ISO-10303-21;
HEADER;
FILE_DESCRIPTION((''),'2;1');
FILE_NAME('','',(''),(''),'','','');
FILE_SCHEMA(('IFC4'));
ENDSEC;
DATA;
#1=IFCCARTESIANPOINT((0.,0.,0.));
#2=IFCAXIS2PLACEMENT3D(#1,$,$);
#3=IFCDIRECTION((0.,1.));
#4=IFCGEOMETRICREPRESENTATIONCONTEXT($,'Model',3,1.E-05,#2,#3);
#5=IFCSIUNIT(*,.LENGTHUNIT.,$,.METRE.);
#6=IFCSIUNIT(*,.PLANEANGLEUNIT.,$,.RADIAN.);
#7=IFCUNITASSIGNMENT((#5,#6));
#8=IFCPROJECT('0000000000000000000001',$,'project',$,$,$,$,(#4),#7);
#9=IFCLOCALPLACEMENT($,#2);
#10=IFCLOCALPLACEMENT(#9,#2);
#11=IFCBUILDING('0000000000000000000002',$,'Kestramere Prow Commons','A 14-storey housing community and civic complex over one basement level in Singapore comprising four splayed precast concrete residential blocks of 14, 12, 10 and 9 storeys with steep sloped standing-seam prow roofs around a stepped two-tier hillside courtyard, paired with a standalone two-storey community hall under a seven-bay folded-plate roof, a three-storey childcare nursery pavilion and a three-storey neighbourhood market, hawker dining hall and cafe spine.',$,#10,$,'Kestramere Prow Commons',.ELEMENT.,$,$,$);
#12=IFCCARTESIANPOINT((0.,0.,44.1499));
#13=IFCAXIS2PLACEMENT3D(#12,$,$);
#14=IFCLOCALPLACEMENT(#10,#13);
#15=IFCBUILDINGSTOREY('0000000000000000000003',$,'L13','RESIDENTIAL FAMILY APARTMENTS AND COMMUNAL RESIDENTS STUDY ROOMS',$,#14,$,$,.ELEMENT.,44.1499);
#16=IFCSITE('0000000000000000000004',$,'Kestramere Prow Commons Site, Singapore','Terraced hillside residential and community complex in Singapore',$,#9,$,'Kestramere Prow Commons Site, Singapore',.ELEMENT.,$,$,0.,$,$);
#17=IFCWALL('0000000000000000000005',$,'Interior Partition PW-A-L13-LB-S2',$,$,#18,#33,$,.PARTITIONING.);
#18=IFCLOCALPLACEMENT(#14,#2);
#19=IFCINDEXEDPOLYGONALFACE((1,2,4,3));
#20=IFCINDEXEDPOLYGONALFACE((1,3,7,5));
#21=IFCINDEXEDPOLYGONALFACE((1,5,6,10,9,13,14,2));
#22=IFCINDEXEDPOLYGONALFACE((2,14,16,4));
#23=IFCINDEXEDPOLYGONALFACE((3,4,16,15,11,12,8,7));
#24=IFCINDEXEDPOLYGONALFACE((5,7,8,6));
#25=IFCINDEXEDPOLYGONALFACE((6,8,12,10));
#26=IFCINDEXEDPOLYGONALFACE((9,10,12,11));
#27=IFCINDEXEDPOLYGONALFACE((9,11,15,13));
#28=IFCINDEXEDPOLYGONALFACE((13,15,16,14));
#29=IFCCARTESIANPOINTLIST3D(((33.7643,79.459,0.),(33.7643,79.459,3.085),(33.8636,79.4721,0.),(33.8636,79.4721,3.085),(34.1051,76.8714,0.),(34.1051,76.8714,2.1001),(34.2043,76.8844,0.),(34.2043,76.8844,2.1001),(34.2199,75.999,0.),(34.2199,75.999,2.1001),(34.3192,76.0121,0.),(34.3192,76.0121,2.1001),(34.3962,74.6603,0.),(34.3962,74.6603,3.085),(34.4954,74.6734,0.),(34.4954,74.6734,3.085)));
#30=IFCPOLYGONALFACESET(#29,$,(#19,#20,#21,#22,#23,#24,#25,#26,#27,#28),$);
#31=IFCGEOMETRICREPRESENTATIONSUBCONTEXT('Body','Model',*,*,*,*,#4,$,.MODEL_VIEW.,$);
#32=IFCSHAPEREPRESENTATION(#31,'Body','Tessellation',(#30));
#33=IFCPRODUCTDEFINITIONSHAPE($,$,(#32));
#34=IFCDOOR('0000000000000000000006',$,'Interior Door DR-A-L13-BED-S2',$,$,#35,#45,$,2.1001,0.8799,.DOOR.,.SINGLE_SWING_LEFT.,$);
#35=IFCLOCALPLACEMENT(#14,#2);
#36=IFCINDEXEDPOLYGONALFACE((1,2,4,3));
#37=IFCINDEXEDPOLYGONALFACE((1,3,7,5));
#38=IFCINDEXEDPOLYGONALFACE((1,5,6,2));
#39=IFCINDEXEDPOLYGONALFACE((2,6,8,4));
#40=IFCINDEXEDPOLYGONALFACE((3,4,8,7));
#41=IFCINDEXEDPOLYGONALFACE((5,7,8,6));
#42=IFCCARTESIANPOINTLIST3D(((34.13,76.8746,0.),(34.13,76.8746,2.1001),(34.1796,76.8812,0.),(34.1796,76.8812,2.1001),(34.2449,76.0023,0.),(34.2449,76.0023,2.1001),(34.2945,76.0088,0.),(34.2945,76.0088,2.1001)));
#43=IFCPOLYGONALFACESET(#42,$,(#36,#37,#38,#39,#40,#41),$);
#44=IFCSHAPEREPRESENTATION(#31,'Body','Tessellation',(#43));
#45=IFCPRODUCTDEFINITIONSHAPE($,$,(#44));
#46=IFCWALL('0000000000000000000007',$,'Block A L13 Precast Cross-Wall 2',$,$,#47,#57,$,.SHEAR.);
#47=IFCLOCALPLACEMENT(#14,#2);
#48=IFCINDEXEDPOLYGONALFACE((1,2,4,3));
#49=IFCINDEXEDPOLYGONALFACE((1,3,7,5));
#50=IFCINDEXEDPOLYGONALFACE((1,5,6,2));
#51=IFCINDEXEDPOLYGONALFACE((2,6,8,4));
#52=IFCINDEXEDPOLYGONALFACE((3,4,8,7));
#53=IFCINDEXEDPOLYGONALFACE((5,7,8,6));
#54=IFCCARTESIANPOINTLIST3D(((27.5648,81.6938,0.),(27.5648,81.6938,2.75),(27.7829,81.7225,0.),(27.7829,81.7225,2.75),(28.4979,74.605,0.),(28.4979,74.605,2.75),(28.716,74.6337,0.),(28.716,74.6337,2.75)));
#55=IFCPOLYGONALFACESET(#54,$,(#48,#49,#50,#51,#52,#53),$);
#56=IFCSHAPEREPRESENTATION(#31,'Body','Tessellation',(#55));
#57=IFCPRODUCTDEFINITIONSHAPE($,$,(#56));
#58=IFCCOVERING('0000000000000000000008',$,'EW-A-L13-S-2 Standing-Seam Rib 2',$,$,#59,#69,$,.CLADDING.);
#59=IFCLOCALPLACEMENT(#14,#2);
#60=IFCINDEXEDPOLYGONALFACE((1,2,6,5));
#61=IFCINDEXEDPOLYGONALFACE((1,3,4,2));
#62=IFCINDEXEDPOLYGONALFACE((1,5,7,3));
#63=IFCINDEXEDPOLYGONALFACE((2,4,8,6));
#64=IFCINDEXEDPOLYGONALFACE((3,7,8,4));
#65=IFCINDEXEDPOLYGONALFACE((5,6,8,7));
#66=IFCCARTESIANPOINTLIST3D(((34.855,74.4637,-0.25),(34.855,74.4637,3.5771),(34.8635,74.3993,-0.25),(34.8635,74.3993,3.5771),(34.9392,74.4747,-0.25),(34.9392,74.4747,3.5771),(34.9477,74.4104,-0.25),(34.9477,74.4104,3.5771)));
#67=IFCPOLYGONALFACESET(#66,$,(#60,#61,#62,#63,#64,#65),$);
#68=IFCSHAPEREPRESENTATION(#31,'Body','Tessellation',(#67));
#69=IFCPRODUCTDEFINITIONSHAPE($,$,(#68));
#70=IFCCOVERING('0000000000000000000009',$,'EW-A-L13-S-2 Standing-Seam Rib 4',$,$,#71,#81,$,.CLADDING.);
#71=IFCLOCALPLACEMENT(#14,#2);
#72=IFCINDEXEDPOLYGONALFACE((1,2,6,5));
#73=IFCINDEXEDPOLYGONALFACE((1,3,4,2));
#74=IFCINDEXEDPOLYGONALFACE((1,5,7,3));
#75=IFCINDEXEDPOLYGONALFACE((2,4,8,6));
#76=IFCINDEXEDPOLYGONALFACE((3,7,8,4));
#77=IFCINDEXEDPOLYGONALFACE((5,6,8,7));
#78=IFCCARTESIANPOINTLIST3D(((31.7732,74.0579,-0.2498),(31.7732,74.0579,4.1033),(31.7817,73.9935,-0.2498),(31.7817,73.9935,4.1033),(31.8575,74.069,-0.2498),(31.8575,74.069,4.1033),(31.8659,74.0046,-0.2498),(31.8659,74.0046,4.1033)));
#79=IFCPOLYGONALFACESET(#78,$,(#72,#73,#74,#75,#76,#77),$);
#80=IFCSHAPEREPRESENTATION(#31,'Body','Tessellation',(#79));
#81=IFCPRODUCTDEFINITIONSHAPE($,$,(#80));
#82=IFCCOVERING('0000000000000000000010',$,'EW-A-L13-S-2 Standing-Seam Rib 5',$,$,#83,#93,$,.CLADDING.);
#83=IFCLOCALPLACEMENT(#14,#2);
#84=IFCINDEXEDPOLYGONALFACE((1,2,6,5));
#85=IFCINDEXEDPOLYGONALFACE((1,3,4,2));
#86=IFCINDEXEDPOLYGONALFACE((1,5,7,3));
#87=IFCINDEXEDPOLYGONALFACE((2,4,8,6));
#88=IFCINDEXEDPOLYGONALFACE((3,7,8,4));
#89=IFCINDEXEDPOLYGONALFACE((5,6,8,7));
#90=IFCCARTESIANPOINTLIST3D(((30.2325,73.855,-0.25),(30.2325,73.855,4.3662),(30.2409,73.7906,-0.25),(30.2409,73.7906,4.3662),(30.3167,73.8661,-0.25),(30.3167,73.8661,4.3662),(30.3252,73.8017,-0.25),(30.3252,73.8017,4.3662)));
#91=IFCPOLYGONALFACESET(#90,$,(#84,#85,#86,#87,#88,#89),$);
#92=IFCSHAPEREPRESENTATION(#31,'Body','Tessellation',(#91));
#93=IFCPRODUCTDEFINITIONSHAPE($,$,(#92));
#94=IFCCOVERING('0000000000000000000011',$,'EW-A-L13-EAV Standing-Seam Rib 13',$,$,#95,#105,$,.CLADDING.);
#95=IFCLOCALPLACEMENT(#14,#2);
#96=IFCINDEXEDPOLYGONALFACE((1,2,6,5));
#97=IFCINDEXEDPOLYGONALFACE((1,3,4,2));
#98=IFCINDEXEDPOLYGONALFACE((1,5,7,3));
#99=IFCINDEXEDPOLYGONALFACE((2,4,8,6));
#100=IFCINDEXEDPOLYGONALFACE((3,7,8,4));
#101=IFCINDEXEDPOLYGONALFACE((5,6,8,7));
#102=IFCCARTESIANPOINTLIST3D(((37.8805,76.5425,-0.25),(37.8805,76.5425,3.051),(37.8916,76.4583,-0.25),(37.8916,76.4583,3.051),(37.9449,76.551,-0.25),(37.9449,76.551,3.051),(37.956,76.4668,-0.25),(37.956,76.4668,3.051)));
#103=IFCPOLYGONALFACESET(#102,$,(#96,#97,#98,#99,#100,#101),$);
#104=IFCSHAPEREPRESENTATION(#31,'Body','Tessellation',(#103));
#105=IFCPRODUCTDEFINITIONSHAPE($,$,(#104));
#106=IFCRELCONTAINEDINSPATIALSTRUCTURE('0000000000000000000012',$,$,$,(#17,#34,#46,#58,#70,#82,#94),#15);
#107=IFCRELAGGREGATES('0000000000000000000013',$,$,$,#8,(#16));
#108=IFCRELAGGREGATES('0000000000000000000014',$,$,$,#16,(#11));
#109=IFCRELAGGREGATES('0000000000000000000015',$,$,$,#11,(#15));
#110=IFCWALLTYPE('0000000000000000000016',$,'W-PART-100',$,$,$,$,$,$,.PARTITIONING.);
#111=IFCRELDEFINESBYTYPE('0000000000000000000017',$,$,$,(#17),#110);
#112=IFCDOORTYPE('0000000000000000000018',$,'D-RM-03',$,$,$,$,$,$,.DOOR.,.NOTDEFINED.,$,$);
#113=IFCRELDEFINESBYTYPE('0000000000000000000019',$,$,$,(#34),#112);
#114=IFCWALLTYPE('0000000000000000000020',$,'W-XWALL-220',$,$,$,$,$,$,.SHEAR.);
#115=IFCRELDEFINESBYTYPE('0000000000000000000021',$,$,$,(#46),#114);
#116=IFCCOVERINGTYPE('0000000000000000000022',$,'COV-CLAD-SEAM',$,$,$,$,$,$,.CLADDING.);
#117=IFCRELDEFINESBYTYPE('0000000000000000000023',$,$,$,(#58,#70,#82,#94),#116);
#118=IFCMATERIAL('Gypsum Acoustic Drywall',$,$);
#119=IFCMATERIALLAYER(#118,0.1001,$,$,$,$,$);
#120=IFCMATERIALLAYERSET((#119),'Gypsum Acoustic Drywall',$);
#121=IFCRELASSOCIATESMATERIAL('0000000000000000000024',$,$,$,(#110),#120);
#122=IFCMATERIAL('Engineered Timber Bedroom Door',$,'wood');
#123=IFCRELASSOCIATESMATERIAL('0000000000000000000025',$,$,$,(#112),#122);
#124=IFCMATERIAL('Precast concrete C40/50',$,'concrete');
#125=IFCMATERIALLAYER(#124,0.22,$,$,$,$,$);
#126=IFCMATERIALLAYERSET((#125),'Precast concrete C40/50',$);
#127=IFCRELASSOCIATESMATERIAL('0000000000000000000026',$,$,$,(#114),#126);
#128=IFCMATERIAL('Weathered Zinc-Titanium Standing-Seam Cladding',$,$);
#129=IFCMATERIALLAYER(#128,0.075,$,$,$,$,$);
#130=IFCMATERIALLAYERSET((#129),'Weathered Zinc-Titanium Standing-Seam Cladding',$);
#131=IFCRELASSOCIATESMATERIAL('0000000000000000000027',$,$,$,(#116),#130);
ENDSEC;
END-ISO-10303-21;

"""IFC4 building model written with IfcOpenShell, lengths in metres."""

from ifc_helpers import new_model, si_unit, direction, frame, frame_2d, origin, origin_2d, place, context, subcontext, project, spatial, rectangle, extrude, material, layer, layer_set, type_object, element, fill, save


model = new_model("IFC4")

# Units and contexts
model_context = context("Model", 3, precision=1e-05, world=origin(), true_north=direction((0.0, 1.0)))
body_context = subcontext(model_context, "Body", "Model", "MODEL_VIEW")
ifc_project = project(units=[si_unit("LENGTHUNIT", "METRE"), si_unit("PLANEANGLEUNIT", "RADIAN")], contexts=[model_context])

# Site, building, storey
site_placement = place(None, origin())
site = spatial("IfcSite", under=ifc_project, at=site_placement, Name="Kestramere Prow Commons Site, Singapore", Description="Terraced hillside residential and community complex in Singapore", LongName="Kestramere Prow Commons Site, Singapore", CompositionType="ELEMENT", RefElevation=0.0)
building_placement = place(site_placement, origin())
building = spatial("IfcBuilding", under=site, at=building_placement, Name="Kestramere Prow Commons", Description="A 14-storey housing community and civic complex over one basement level in Singapore comprising four splayed precast concrete residential blocks of 14, 12, 10 and 9 storeys with steep sloped standing-seam prow roofs around a stepped two-tier hillside courtyard, paired with a standalone two-storey community hall under a seven-bay folded-plate roof, a three-storey childcare nursery pavilion and a three-storey neighbourhood market, hawker dining hall and cafe spine.", LongName="Kestramere Prow Commons", CompositionType="ELEMENT")
storey_placement = place(building_placement, frame((0.0, 0.0, 44.1499)))
storey = spatial("IfcBuildingStorey", under=building, at=storey_placement, Name="L13", Description="RESIDENTIAL FAMILY APARTMENTS AND COMMUNAL RESIDENTS STUDY ROOMS", CompositionType="ELEMENT", Elevation=44.1499)

# Shared definitions
ifc_material_1 = material(Name="Precast concrete C40/50", Category="concrete")

# Wall, opening, door
ifc_material_2 = material(Name="Gypsum Acoustic Drywall")
ifc_layer_1 = layer(ifc_material_2, 0.1001)
ifc_layer_set_1 = layer_set([ifc_layer_1], Name="Gypsum Acoustic Drywall")
wall_type_1 = type_object("IfcWallType", Name="W-PART-100", PredefinedType="PARTITIONING", material=ifc_layer_set_1)
wall_1_placement = place(storey_placement, frame((34.4458, 74.667, 0.0), z_axis=(0.0, 0.0, 1.0), x_axis=(-0.130545, 0.991442, 0.0)))
wall_1 = element("IfcWall", 1, at=wall_1_placement, inside=storey, type_object=wall_type_1, Name="Interior Partition PW-A-L13-LB-S2", PredefinedType="PARTITIONING", context=body_context, shape_type="SweptSolid", body=[
    extrude(rectangle(XDim=4.8401, YDim=0.1001, at=frame_2d((2.4199, 0.0))), origin(), (0.0, 0.0, 1.0), 3.085),
])
opening_1_placement = place(wall_1_placement, frame((1.3501, 0.0, 0.0)))
opening_1 = element("IfcOpeningElement", 2, at=opening_1_placement, cuts=wall_1, PredefinedType="OPENING", context=body_context, shape_type="SweptSolid", body=[
    extrude(rectangle(XDim=0.8799, YDim=2.1001, at=frame_2d((0.4399, 1.05))), frame((0.0, 0.0649, 0.0), z_axis=(0.0, -1.0, 0.0), x_axis=(1.0, 0.0, 0.0)), (0.0, 0.0, 1.0), 0.1301),
])
ifc_material_3 = material(Name="Engineered Timber Bedroom Door", Category="wood")
door_type_1 = type_object("IfcDoorType", Name="D-RM-03", OperationType="NOTDEFINED", PredefinedType="DOOR", material=ifc_material_3)
door_1_placement = place(opening_1_placement, origin())
door_1 = element("IfcDoor", 3, at=door_1_placement, inside=storey, type_object=door_type_1, Name="Interior Door DR-A-L13-BED-S2", OperationType="SINGLE_SWING_LEFT", OverallHeight=2.1001, OverallWidth=0.8799, PredefinedType="DOOR", context=body_context, shape_type="SweptSolid", body=[
    extrude(rectangle(XDim=0.8799, YDim=2.1001, at=frame_2d((0.4399, 1.05))), frame((0.0, 0.0249, 0.0), z_axis=(0.0, -1.0, 0.0), x_axis=(1.0, 0.0, 0.0)), (0.0, 0.0, 1.0), 0.05),
])
fill(opening_1, door_1)

# Wall
ifc_layer_2 = layer(ifc_material_1, 0.22)
ifc_layer_set_2 = layer_set([ifc_layer_2], Name="Precast concrete C40/50")
wall_type_2 = type_object("IfcWallType", Name="W-XWALL-220", PredefinedType="SHEAR", material=ifc_layer_set_2)
wall_2_placement = place(storey_placement, frame((28.6069, 74.6194, 0.0), z_axis=(0.0, 0.0, 1.0), x_axis=(-0.130504, 0.991448, 0.0)))
element("IfcWall", 4, at=wall_2_placement, inside=storey, type_object=wall_type_2, Name="Block A L13 Precast Cross-Wall 2", PredefinedType="SHEAR", context=body_context, shape_type="SweptSolid", body=[
    extrude(rectangle(XDim=7.1499, YDim=0.22, at=frame_2d((3.575, 0.0))), origin(), (0.0, 0.0, 1.0), 2.75),
])

# Coverings
ifc_material_4 = material(Name="Weathered Zinc-Titanium Standing-Seam Cladding")
ifc_layer_3 = layer(ifc_material_4, 0.075)
ifc_layer_set_3 = layer_set([ifc_layer_3], Name="Weathered Zinc-Titanium Standing-Seam Cladding")
covering_type = type_object("IfcCoveringType", Name="COV-CLAD-SEAM", PredefinedType="CLADDING", material=ifc_layer_set_3)
covering_1_placement = place(storey_placement, frame((34.9014, 74.437, -0.25), z_axis=(0.0, 0.0, 1.0), x_axis=(-0.991445, -0.130526, 0.0)))
element("IfcCovering", 5, at=covering_1_placement, inside=storey, type_object=covering_type, Name="EW-A-L13-S-2 Standing-Seam Rib 2", PredefinedType="CLADDING", context=body_context, shape_type="SweptSolid", body=[
    extrude(rectangle(XDim=0.085, YDim=0.0649, at=origin_2d()), origin(), (0.0, 0.0, 1.0), 3.8271),
])
covering_2_placement = place(storey_placement, frame((31.8196, 74.0312, -0.2498), z_axis=(0.0, 0.0, 1.0), x_axis=(-0.991445, -0.130526, 0.0)))
element("IfcCovering", 6, at=covering_2_placement, inside=storey, type_object=covering_type, Name="EW-A-L13-S-2 Standing-Seam Rib 4", PredefinedType="CLADDING", context=body_context, shape_type="SweptSolid", body=[
    extrude(rectangle(XDim=0.085, YDim=0.0649, at=origin_2d()), origin(), (0.0, 0.0, 1.0), 4.353),
])
covering_3_placement = place(storey_placement, frame((30.2788, 73.8284, -0.25), z_axis=(0.0, 0.0, 1.0), x_axis=(-0.991445, -0.130526, 0.0)))
element("IfcCovering", 7, at=covering_3_placement, inside=storey, type_object=covering_type, Name="EW-A-L13-S-2 Standing-Seam Rib 5", PredefinedType="CLADDING", context=body_context, shape_type="SweptSolid", body=[
    extrude(rectangle(XDim=0.085, YDim=0.0649, at=origin_2d()), origin(), (0.0, 0.0, 1.0), 4.6162),
])
covering_4_placement = place(storey_placement, frame((37.9182, 76.5046, -0.25), z_axis=(0.0, 0.0, 1.0), x_axis=(0.130526, -0.991445, 0.0)))
element("IfcCovering", 8, at=covering_4_placement, inside=storey, type_object=covering_type, Name="EW-A-L13-EAV Standing-Seam Rib 13", PredefinedType="CLADDING", context=body_context, shape_type="SweptSolid", body=[
    extrude(rectangle(XDim=0.085, YDim=0.0649, at=origin_2d()), origin(), (0.0, 0.0, 1.0), 3.301),
])

save(model, "model.ifc")
